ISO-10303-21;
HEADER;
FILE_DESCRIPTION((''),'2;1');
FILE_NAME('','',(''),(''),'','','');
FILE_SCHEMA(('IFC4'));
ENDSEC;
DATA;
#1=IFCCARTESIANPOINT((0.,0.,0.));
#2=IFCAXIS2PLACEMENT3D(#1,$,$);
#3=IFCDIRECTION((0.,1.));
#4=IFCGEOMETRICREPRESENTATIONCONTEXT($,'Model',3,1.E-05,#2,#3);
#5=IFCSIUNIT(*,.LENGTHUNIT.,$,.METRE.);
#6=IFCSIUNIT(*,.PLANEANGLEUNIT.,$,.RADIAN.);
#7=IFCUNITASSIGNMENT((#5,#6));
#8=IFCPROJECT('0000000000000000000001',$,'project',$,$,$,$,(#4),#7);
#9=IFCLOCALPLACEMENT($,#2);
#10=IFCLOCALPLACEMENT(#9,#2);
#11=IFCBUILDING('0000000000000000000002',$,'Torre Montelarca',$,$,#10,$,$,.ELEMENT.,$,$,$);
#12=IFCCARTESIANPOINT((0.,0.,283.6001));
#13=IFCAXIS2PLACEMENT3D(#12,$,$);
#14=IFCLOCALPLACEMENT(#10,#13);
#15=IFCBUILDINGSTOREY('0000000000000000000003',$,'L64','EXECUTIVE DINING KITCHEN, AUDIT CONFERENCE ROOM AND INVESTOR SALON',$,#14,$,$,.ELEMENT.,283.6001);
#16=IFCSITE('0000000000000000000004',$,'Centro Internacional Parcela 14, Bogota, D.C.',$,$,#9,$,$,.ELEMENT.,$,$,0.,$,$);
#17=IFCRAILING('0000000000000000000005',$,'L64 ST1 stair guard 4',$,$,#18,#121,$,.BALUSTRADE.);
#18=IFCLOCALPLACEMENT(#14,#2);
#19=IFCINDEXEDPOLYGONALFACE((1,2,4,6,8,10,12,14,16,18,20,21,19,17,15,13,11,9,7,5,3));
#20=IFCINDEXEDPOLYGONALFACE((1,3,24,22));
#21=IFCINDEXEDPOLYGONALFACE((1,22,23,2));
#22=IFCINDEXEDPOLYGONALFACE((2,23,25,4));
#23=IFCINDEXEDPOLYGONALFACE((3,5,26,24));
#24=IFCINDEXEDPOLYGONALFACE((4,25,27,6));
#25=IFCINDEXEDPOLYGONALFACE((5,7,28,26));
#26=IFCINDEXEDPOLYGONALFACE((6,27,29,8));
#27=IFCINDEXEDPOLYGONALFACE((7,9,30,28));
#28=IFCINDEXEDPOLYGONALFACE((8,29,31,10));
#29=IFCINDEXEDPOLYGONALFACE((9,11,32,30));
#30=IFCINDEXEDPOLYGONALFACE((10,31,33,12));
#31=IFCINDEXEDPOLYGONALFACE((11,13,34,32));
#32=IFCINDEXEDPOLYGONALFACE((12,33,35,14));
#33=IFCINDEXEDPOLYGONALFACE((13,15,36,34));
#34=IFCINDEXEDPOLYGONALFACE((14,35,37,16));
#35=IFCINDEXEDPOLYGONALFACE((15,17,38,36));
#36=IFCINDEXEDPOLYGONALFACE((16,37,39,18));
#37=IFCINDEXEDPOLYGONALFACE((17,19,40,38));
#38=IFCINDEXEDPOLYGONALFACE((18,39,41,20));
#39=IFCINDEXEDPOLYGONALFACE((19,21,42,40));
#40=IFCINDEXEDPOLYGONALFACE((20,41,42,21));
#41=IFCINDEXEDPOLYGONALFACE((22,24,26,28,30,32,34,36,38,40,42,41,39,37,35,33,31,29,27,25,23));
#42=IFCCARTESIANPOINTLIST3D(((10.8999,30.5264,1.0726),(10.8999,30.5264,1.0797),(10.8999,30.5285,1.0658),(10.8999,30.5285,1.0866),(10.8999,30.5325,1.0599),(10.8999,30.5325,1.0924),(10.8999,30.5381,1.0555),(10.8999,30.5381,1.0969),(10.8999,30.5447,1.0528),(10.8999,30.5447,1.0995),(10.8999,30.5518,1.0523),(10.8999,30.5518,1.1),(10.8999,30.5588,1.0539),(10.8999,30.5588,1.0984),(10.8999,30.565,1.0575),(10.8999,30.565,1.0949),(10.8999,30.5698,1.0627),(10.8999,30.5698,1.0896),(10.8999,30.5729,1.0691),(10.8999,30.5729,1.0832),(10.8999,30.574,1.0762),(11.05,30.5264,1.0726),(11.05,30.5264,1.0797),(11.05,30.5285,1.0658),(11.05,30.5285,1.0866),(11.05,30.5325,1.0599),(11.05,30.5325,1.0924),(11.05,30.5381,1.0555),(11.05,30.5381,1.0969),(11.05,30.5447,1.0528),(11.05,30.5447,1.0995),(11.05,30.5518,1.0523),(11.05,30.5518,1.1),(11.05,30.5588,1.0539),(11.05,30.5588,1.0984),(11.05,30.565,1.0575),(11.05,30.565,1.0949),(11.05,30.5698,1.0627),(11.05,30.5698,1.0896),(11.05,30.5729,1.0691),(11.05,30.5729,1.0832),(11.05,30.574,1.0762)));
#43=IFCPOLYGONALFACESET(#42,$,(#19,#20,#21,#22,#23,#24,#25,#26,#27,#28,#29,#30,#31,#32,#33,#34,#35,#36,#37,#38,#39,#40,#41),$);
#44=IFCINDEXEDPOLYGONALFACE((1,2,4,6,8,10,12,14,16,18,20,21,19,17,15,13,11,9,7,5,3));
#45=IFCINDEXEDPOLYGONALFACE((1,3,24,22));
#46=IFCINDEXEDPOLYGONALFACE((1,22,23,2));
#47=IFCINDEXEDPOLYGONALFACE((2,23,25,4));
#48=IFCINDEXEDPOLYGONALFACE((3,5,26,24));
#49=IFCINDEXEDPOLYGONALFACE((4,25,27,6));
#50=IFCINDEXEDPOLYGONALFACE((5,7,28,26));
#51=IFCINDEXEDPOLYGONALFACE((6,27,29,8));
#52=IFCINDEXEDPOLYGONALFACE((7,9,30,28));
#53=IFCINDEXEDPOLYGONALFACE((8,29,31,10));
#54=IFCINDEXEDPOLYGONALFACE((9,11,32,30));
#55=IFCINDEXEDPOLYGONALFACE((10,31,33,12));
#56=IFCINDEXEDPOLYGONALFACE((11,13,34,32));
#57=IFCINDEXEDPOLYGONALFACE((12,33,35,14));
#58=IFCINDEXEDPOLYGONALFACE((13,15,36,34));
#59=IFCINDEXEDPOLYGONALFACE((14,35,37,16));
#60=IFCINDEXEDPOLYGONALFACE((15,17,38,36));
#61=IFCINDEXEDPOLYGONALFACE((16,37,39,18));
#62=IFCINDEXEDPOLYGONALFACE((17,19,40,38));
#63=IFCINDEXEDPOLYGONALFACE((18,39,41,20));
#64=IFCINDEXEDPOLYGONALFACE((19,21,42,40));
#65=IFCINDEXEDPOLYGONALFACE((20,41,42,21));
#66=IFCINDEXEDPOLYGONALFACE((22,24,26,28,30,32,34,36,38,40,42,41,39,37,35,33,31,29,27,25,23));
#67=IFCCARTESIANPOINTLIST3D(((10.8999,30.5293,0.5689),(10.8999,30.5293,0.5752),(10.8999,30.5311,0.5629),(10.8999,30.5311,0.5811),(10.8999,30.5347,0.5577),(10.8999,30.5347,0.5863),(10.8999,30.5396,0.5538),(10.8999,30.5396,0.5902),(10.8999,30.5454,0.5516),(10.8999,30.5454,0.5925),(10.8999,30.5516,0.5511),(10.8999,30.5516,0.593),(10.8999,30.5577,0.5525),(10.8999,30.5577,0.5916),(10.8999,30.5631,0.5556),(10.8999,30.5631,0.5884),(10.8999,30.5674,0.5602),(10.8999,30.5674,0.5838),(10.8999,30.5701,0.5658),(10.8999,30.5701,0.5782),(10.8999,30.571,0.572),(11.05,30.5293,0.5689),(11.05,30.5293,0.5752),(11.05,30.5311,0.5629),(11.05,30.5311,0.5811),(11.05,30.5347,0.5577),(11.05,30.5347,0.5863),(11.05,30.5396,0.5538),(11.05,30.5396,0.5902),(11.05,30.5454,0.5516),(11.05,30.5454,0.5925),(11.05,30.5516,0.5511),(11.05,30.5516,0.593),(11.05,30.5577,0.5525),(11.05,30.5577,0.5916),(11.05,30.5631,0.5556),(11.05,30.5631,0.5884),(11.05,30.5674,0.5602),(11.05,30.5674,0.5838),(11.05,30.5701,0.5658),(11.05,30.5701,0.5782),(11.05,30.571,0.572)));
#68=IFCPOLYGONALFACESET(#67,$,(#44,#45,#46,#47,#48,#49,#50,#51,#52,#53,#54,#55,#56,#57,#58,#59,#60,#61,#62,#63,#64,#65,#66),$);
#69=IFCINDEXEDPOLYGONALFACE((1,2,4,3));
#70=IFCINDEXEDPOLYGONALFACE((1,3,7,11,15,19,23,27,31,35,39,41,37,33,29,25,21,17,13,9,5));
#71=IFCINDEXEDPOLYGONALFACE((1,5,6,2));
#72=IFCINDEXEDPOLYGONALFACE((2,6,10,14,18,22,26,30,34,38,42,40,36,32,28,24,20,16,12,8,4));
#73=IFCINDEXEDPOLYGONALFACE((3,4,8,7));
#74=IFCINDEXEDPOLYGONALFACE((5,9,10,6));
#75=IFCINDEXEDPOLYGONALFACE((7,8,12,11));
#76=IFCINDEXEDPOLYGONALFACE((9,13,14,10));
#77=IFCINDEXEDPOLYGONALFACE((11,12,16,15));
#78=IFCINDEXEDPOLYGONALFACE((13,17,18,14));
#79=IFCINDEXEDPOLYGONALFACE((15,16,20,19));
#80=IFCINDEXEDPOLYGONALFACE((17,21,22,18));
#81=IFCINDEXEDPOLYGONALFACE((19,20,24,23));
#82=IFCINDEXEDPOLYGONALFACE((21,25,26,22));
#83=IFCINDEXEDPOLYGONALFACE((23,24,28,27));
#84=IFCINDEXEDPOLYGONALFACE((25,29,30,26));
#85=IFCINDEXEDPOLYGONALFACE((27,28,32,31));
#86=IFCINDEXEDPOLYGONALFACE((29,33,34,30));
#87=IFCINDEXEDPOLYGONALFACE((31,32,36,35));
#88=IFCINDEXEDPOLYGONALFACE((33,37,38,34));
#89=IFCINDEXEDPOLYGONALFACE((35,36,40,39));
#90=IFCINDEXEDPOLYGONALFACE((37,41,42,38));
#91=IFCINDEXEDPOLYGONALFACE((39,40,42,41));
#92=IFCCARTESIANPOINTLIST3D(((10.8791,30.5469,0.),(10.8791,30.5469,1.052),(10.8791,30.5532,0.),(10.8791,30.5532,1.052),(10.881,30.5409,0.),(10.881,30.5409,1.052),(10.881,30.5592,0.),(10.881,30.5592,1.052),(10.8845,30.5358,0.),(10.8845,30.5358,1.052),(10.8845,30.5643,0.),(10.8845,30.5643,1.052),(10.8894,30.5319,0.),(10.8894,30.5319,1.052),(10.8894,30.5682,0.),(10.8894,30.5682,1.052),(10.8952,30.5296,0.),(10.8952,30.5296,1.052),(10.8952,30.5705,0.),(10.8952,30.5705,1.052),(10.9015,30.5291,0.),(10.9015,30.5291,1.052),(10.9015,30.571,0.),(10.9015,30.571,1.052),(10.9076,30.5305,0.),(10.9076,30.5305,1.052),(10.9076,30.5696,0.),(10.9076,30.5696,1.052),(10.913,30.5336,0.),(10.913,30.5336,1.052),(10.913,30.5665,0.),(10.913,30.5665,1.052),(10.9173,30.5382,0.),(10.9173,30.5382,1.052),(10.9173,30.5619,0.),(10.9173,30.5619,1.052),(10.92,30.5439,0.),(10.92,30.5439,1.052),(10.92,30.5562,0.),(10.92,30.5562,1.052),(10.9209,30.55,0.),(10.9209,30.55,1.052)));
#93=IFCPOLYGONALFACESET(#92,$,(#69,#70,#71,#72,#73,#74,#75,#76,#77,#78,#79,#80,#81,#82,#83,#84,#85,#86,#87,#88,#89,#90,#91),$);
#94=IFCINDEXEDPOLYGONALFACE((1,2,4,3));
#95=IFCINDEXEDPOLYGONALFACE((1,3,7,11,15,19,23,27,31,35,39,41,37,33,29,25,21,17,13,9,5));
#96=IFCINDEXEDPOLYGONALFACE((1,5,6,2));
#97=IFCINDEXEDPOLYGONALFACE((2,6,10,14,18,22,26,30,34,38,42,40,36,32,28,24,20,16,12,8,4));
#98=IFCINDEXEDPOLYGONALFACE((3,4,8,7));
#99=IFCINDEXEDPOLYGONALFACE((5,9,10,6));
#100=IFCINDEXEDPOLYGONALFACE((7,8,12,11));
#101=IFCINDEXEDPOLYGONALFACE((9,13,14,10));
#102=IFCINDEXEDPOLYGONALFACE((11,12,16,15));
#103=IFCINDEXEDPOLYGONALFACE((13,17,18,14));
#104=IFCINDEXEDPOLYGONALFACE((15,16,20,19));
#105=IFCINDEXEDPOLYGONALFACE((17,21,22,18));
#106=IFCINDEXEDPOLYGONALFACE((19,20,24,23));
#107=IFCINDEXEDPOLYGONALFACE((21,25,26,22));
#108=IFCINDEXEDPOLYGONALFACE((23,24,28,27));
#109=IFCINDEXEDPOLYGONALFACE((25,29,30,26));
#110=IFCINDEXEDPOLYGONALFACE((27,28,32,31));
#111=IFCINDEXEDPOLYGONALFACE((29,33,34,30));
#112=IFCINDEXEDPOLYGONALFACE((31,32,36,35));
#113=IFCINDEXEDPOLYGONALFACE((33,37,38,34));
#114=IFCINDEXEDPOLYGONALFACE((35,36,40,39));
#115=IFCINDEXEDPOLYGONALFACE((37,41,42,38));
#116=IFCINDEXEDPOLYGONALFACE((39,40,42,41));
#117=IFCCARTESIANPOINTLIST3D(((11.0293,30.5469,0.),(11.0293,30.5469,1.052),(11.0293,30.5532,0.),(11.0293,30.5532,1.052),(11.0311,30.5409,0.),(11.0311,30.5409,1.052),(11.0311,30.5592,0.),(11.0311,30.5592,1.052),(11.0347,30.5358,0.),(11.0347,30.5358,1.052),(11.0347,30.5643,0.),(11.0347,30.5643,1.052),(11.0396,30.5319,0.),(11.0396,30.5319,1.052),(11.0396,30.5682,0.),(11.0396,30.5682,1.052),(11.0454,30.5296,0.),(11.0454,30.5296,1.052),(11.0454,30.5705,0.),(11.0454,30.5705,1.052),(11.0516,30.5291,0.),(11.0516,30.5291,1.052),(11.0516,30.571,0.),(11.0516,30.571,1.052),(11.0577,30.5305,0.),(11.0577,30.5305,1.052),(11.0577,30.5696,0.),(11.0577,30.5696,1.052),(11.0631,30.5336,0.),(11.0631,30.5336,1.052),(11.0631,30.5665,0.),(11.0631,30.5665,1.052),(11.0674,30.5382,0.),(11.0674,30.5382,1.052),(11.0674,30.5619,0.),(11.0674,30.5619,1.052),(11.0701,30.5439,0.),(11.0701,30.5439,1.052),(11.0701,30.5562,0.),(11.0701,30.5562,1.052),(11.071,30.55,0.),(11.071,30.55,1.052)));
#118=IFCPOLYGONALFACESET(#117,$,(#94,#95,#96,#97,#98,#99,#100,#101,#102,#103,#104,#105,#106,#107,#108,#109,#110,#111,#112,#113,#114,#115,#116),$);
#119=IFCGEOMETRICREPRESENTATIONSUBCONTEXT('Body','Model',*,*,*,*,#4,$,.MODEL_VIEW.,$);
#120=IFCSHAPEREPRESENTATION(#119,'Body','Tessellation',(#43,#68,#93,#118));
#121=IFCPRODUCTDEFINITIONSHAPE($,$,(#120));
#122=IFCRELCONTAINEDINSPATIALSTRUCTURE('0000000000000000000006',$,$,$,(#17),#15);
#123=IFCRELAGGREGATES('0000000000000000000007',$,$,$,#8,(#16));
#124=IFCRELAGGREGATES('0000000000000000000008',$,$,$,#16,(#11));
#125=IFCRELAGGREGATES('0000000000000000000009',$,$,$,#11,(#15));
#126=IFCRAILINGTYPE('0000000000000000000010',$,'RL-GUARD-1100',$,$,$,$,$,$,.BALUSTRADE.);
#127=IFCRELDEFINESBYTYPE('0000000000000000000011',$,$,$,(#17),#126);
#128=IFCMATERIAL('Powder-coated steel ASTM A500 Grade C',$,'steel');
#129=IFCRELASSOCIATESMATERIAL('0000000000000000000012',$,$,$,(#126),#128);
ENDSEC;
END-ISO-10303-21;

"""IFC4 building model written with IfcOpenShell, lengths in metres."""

from ifc_helpers import new_model, si_unit, direction, frame, origin, origin_2d, place, context, subcontext, project, spatial, circle, extrude, material, type_object, element, save


model = new_model("IFC4")

# Units and contexts
model_context = context("Model", 3, precision=1e-05, world=origin(), true_north=direction((0.0, 1.0)))
body_context = subcontext(model_context, "Body", "Model", "MODEL_VIEW")
ifc_project = project(units=[si_unit("LENGTHUNIT", "METRE"), si_unit("PLANEANGLEUNIT", "RADIAN")], contexts=[model_context])

# Site, building, storey
site_placement = place(None, origin())
site = spatial("IfcSite", under=ifc_project, at=site_placement, Name="Centro Internacional Parcela 14, Bogota, D.C.", CompositionType="ELEMENT", RefElevation=0.0)
building_placement = place(site_placement, origin())
building = spatial("IfcBuilding", under=site, at=building_placement, Name="Torre Montelarca", CompositionType="ELEMENT")
storey_placement = place(building_placement, frame((0.0, 0.0, 283.6001)))
storey = spatial("IfcBuildingStorey", under=building, at=storey_placement, Name="L64", Description="EXECUTIVE DINING KITCHEN, AUDIT CONFERENCE ROOM AND INVESTOR SALON", CompositionType="ELEMENT", Elevation=283.6001)

# Railing
ifc_material_1 = material(Name="Powder-coated steel ASTM A500 Grade C", Category="steel")
railing_type_1 = type_object("IfcRailingType", Name="RL-GUARD-1100", PredefinedType="BALUSTRADE", material=ifc_material_1)
railing_1_placement = place(storey_placement, frame((10.8999, 30.55, 0.0)))
element("IfcRailing", 1, at=railing_1_placement, inside=storey, type_object=railing_type_1, Name="L64 ST1 stair guard 4", PredefinedType="BALUSTRADE", context=body_context, shape_type="SweptSolid", body=[
    extrude(circle(Radius=0.0239, at=origin_2d()), frame((0.0, 0.0, 1.0762), z_axis=(1.0, 0.0, 0.0), x_axis=(0.0, 1.0, 0.0)), (0.0, 0.0, 1.0), 0.1501),
    extrude(circle(Radius=0.021, at=origin_2d()), frame((0.0, 0.0, 0.572), z_axis=(1.0, 0.0, 0.0), x_axis=(0.0, 1.0, 0.0)), (0.0, 0.0, 1.0), 0.1501),
    extrude(circle(Radius=0.021, at=origin_2d()), origin(), (0.0, 0.0, 1.0), 1.052),
    extrude(circle(Radius=0.021, at=origin_2d()), frame((0.1501, 0.0, 0.0)), (0.0, 0.0, 1.0), 1.052),
])

save(model, "model.ifc")
